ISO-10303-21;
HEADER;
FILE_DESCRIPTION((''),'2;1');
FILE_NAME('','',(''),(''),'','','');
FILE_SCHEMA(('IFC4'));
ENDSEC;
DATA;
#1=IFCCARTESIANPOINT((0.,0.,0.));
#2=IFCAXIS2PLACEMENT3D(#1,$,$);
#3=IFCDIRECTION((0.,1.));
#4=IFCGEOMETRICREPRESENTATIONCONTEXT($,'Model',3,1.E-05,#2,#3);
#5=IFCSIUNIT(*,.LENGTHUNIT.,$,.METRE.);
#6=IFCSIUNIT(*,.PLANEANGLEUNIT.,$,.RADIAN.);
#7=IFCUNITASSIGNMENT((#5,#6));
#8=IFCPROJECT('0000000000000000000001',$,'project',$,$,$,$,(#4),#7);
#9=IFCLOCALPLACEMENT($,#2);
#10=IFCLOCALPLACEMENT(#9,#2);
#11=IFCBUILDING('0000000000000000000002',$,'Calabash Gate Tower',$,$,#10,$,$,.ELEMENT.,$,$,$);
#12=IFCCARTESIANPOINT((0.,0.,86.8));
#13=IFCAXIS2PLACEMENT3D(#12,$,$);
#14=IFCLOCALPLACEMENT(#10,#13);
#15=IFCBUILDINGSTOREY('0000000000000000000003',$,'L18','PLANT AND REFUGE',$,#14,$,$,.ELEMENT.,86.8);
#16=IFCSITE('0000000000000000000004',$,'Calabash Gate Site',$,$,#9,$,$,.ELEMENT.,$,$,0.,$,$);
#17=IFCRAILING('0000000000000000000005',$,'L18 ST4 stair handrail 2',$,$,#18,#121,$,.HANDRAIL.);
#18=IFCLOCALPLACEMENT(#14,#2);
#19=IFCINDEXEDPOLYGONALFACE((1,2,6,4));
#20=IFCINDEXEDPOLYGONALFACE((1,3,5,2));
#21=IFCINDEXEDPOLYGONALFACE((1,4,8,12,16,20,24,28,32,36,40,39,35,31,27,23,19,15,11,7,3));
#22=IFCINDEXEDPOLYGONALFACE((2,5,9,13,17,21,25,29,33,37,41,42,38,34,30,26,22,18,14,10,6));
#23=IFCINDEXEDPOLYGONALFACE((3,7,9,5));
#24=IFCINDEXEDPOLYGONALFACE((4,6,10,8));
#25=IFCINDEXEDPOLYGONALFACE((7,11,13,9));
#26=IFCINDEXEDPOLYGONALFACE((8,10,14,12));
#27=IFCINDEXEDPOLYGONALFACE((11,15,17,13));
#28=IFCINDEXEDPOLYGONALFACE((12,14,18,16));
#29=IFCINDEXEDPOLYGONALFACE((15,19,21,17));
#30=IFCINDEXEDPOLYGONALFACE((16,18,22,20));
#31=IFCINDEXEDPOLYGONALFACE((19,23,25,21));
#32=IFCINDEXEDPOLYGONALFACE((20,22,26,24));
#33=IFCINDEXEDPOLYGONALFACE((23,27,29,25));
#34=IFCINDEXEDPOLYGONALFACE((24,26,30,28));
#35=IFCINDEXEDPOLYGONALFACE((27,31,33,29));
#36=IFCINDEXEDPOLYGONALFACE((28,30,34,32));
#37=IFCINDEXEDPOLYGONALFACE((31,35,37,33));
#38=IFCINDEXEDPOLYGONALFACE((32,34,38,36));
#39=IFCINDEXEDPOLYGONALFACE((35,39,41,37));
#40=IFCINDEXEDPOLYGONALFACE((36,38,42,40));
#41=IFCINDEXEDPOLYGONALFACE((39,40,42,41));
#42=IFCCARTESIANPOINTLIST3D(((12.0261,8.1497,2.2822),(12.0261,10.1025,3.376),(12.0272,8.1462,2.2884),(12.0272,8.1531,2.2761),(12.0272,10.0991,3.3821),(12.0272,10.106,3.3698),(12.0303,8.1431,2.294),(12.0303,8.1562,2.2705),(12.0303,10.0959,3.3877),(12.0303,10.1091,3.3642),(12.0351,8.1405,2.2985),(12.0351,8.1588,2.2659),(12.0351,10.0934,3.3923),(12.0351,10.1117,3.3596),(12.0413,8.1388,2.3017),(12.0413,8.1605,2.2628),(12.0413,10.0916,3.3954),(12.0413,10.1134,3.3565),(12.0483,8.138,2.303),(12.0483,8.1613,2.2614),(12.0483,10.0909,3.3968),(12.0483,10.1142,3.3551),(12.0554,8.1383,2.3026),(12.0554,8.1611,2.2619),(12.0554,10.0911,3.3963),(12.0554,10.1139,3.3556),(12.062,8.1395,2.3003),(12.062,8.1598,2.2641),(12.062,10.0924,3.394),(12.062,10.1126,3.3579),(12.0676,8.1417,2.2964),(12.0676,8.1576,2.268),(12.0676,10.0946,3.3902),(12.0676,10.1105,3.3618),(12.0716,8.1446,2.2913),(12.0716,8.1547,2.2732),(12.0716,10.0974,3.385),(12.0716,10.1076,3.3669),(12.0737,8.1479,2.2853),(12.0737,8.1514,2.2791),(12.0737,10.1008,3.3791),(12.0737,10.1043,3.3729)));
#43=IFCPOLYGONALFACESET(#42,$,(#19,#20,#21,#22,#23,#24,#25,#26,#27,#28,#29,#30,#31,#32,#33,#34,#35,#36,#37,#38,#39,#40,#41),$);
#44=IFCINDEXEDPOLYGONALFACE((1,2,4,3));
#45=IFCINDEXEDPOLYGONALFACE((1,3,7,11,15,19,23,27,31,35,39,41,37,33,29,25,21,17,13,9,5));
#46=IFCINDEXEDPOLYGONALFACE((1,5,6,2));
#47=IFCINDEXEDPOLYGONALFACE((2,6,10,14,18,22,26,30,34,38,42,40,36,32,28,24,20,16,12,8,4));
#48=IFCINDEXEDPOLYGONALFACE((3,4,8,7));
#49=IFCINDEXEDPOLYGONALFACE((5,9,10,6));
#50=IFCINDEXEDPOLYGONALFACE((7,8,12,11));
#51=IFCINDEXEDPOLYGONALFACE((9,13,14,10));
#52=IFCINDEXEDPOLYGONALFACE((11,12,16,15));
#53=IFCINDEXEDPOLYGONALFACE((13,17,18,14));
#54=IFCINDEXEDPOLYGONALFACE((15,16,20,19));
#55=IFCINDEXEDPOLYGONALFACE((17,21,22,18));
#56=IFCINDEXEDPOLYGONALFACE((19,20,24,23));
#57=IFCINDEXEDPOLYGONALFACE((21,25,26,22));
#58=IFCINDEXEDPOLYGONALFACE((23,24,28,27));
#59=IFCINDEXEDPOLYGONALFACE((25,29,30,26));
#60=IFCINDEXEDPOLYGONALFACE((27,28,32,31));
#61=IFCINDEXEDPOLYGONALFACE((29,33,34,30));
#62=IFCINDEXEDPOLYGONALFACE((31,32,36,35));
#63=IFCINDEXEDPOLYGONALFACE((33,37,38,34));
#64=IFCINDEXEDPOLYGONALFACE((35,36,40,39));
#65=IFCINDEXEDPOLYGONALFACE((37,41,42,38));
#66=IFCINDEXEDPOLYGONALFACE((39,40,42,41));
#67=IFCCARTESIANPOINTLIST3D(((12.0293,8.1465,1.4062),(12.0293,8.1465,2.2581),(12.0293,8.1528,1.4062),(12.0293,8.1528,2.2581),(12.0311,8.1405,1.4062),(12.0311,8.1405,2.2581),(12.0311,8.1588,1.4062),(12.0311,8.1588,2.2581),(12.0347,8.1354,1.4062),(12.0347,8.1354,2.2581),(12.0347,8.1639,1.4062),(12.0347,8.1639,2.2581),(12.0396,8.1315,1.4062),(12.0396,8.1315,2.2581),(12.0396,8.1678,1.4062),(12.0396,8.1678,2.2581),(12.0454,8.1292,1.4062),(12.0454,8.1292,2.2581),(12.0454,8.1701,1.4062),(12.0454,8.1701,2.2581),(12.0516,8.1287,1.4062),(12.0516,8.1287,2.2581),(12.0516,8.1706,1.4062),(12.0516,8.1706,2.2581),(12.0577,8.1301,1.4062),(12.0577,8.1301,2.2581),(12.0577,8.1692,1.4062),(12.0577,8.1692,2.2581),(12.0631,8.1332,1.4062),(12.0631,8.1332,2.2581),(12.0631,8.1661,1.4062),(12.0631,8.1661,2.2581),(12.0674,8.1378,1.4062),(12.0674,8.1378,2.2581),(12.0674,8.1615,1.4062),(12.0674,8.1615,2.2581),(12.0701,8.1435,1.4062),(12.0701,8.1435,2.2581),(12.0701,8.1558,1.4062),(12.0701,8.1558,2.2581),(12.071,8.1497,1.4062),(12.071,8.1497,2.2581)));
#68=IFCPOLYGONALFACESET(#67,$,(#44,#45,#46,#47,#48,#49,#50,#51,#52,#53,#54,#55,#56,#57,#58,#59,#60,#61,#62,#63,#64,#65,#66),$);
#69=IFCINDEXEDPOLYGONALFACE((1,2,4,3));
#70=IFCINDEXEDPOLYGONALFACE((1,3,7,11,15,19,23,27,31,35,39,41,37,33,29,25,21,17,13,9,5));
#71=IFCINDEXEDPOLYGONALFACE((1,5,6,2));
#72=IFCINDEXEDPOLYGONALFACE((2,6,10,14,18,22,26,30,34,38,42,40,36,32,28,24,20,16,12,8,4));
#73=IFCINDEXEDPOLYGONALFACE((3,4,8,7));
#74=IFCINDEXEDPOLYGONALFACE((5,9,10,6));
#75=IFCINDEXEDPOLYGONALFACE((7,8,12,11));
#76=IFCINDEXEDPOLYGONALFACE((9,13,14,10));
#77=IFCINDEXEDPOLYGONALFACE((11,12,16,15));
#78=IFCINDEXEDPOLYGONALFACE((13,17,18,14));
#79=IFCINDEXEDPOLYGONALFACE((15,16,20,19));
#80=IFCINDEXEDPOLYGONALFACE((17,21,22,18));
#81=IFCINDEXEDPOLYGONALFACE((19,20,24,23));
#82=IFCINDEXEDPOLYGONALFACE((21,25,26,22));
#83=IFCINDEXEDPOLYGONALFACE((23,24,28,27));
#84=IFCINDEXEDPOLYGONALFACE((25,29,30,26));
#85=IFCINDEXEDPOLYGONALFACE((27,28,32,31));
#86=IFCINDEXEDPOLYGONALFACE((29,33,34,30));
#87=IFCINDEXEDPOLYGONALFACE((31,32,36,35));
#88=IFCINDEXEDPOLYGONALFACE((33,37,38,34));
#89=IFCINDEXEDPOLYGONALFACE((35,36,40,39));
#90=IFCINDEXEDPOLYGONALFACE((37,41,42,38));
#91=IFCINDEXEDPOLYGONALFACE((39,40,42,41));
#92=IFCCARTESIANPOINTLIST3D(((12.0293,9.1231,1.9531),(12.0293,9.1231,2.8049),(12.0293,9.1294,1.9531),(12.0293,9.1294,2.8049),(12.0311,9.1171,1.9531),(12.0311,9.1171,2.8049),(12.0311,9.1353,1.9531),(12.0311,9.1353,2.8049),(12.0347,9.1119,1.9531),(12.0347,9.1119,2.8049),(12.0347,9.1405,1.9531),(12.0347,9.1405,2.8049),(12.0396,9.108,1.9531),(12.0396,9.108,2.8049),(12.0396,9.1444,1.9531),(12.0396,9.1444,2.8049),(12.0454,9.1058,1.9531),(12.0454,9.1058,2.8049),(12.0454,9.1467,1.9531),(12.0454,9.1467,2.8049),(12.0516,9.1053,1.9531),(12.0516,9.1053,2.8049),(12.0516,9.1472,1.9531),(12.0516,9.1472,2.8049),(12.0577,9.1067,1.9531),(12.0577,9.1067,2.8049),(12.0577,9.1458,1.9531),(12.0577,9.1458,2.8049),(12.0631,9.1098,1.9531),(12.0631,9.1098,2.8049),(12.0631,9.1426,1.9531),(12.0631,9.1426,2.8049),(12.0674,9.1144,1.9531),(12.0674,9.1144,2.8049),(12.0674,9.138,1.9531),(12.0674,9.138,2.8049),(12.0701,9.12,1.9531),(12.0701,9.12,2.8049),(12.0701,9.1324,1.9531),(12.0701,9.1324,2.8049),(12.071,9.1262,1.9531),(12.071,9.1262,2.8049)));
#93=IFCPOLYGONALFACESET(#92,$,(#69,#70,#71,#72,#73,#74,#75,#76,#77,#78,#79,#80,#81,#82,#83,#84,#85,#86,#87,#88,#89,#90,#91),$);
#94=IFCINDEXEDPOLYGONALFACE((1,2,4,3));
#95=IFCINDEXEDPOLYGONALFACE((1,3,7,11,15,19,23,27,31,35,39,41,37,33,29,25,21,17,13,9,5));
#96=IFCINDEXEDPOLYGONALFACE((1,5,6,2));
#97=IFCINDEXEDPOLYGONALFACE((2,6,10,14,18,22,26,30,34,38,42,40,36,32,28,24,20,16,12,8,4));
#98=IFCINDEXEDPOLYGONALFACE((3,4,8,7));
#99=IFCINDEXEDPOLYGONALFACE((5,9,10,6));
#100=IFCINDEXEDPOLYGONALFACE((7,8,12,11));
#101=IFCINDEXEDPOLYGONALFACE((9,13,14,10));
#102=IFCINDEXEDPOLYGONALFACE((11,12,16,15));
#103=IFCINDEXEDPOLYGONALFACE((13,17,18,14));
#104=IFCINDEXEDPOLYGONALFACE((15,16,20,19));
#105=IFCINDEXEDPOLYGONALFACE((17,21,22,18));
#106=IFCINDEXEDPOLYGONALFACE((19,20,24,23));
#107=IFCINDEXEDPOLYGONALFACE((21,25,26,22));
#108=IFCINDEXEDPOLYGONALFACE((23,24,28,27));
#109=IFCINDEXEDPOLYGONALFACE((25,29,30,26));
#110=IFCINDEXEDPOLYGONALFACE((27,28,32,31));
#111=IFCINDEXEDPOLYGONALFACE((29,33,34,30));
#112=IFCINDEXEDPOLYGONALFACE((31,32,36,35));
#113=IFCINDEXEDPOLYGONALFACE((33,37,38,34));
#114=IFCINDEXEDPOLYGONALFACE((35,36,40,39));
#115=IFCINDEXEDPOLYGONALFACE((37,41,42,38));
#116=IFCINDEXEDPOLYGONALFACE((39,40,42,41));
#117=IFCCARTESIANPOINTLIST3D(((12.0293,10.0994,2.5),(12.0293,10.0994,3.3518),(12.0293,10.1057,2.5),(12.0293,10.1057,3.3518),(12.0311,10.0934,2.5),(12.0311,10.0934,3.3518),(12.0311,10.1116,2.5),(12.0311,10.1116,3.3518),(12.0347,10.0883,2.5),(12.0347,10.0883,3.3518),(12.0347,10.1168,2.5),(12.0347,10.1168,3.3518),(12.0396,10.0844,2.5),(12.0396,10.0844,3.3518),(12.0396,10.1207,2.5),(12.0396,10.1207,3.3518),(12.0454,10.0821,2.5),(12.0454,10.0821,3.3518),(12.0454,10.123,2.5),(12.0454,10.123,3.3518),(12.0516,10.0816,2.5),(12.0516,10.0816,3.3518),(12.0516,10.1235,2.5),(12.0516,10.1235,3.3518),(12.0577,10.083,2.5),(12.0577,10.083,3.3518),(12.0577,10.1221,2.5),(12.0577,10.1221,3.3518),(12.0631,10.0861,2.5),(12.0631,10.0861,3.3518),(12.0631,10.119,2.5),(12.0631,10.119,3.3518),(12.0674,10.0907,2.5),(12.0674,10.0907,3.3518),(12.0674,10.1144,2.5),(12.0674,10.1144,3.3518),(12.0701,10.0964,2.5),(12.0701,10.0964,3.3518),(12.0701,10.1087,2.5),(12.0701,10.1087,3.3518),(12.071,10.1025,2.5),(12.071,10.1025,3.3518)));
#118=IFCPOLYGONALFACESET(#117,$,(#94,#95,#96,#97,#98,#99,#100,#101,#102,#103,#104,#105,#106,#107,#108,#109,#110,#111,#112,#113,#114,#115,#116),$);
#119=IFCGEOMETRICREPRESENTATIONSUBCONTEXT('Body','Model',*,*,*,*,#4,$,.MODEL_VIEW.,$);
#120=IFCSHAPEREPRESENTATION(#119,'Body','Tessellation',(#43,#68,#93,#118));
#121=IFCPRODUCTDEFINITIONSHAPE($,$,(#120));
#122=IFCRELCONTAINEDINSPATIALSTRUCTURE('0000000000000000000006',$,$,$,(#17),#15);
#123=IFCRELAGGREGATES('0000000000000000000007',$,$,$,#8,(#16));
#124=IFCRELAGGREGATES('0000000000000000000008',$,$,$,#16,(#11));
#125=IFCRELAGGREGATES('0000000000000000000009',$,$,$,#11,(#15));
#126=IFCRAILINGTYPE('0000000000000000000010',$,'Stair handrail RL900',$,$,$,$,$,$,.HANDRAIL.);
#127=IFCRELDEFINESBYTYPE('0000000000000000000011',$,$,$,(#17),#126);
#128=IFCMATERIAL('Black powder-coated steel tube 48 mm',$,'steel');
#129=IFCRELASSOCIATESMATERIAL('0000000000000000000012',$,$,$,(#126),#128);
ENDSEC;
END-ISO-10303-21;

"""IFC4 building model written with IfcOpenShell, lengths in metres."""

from ifc_helpers import new_model, si_unit, direction, frame, origin, origin_2d, place, context, subcontext, project, spatial, circle, extrude, material, type_object, element, save


model = new_model("IFC4")

# Units and contexts
model_context = context("Model", 3, precision=1e-05, world=origin(), true_north=direction((0.0, 1.0)))
body_context = subcontext(model_context, "Body", "Model", "MODEL_VIEW")
ifc_project = project(units=[si_unit("LENGTHUNIT", "METRE"), si_unit("PLANEANGLEUNIT", "RADIAN")], contexts=[model_context])

# Site, building, storey
site_placement = place(None, origin())
site = spatial("IfcSite", under=ifc_project, at=site_placement, Name="Calabash Gate Site", CompositionType="ELEMENT", RefElevation=0.0)
building_placement = place(site_placement, origin())
building = spatial("IfcBuilding", under=site, at=building_placement, Name="Calabash Gate Tower", CompositionType="ELEMENT")
storey_placement = place(building_placement, frame((0.0, 0.0, 86.8)))
storey = spatial("IfcBuildingStorey", under=building, at=storey_placement, Name="L18", Description="PLANT AND REFUGE", CompositionType="ELEMENT", Elevation=86.8)

# Railing
ifc_material_1 = material(Name="Black powder-coated steel tube 48 mm", Category="steel")
railing_type_1 = type_object("IfcRailingType", Name="Stair handrail RL900", PredefinedType="HANDRAIL", material=ifc_material_1)
railing_1_placement = place(storey_placement, frame((12.05, 8.1497, 1.4062)))
element("IfcRailing", 1, at=railing_1_placement, inside=storey, type_object=railing_type_1, Name="L18 ST4 stair handrail 2", PredefinedType="HANDRAIL", context=body_context, shape_type="SweptSolid", body=[
    extrude(circle(Radius=0.0239, at=origin_2d()), frame((0.0, 0.0, 0.876), z_axis=(0.0, 0.87248, 0.48865), x_axis=(-1.0, 0.0, 0.0)), (0.0, 0.0, 1.0), 2.2383),
    extrude(circle(Radius=0.021, at=origin_2d()), origin(), (0.0, 0.0, 1.0), 0.8518),
    extrude(circle(Radius=0.021, at=origin_2d()), frame((0.0, 0.9766, 0.5469)), (0.0, 0.0, 1.0), 0.8518),
    extrude(circle(Radius=0.021, at=origin_2d()), frame((0.0, 1.9529, 1.0938)), (0.0, 0.0, 1.0), 0.8518),
])

save(model, "model.ifc")
